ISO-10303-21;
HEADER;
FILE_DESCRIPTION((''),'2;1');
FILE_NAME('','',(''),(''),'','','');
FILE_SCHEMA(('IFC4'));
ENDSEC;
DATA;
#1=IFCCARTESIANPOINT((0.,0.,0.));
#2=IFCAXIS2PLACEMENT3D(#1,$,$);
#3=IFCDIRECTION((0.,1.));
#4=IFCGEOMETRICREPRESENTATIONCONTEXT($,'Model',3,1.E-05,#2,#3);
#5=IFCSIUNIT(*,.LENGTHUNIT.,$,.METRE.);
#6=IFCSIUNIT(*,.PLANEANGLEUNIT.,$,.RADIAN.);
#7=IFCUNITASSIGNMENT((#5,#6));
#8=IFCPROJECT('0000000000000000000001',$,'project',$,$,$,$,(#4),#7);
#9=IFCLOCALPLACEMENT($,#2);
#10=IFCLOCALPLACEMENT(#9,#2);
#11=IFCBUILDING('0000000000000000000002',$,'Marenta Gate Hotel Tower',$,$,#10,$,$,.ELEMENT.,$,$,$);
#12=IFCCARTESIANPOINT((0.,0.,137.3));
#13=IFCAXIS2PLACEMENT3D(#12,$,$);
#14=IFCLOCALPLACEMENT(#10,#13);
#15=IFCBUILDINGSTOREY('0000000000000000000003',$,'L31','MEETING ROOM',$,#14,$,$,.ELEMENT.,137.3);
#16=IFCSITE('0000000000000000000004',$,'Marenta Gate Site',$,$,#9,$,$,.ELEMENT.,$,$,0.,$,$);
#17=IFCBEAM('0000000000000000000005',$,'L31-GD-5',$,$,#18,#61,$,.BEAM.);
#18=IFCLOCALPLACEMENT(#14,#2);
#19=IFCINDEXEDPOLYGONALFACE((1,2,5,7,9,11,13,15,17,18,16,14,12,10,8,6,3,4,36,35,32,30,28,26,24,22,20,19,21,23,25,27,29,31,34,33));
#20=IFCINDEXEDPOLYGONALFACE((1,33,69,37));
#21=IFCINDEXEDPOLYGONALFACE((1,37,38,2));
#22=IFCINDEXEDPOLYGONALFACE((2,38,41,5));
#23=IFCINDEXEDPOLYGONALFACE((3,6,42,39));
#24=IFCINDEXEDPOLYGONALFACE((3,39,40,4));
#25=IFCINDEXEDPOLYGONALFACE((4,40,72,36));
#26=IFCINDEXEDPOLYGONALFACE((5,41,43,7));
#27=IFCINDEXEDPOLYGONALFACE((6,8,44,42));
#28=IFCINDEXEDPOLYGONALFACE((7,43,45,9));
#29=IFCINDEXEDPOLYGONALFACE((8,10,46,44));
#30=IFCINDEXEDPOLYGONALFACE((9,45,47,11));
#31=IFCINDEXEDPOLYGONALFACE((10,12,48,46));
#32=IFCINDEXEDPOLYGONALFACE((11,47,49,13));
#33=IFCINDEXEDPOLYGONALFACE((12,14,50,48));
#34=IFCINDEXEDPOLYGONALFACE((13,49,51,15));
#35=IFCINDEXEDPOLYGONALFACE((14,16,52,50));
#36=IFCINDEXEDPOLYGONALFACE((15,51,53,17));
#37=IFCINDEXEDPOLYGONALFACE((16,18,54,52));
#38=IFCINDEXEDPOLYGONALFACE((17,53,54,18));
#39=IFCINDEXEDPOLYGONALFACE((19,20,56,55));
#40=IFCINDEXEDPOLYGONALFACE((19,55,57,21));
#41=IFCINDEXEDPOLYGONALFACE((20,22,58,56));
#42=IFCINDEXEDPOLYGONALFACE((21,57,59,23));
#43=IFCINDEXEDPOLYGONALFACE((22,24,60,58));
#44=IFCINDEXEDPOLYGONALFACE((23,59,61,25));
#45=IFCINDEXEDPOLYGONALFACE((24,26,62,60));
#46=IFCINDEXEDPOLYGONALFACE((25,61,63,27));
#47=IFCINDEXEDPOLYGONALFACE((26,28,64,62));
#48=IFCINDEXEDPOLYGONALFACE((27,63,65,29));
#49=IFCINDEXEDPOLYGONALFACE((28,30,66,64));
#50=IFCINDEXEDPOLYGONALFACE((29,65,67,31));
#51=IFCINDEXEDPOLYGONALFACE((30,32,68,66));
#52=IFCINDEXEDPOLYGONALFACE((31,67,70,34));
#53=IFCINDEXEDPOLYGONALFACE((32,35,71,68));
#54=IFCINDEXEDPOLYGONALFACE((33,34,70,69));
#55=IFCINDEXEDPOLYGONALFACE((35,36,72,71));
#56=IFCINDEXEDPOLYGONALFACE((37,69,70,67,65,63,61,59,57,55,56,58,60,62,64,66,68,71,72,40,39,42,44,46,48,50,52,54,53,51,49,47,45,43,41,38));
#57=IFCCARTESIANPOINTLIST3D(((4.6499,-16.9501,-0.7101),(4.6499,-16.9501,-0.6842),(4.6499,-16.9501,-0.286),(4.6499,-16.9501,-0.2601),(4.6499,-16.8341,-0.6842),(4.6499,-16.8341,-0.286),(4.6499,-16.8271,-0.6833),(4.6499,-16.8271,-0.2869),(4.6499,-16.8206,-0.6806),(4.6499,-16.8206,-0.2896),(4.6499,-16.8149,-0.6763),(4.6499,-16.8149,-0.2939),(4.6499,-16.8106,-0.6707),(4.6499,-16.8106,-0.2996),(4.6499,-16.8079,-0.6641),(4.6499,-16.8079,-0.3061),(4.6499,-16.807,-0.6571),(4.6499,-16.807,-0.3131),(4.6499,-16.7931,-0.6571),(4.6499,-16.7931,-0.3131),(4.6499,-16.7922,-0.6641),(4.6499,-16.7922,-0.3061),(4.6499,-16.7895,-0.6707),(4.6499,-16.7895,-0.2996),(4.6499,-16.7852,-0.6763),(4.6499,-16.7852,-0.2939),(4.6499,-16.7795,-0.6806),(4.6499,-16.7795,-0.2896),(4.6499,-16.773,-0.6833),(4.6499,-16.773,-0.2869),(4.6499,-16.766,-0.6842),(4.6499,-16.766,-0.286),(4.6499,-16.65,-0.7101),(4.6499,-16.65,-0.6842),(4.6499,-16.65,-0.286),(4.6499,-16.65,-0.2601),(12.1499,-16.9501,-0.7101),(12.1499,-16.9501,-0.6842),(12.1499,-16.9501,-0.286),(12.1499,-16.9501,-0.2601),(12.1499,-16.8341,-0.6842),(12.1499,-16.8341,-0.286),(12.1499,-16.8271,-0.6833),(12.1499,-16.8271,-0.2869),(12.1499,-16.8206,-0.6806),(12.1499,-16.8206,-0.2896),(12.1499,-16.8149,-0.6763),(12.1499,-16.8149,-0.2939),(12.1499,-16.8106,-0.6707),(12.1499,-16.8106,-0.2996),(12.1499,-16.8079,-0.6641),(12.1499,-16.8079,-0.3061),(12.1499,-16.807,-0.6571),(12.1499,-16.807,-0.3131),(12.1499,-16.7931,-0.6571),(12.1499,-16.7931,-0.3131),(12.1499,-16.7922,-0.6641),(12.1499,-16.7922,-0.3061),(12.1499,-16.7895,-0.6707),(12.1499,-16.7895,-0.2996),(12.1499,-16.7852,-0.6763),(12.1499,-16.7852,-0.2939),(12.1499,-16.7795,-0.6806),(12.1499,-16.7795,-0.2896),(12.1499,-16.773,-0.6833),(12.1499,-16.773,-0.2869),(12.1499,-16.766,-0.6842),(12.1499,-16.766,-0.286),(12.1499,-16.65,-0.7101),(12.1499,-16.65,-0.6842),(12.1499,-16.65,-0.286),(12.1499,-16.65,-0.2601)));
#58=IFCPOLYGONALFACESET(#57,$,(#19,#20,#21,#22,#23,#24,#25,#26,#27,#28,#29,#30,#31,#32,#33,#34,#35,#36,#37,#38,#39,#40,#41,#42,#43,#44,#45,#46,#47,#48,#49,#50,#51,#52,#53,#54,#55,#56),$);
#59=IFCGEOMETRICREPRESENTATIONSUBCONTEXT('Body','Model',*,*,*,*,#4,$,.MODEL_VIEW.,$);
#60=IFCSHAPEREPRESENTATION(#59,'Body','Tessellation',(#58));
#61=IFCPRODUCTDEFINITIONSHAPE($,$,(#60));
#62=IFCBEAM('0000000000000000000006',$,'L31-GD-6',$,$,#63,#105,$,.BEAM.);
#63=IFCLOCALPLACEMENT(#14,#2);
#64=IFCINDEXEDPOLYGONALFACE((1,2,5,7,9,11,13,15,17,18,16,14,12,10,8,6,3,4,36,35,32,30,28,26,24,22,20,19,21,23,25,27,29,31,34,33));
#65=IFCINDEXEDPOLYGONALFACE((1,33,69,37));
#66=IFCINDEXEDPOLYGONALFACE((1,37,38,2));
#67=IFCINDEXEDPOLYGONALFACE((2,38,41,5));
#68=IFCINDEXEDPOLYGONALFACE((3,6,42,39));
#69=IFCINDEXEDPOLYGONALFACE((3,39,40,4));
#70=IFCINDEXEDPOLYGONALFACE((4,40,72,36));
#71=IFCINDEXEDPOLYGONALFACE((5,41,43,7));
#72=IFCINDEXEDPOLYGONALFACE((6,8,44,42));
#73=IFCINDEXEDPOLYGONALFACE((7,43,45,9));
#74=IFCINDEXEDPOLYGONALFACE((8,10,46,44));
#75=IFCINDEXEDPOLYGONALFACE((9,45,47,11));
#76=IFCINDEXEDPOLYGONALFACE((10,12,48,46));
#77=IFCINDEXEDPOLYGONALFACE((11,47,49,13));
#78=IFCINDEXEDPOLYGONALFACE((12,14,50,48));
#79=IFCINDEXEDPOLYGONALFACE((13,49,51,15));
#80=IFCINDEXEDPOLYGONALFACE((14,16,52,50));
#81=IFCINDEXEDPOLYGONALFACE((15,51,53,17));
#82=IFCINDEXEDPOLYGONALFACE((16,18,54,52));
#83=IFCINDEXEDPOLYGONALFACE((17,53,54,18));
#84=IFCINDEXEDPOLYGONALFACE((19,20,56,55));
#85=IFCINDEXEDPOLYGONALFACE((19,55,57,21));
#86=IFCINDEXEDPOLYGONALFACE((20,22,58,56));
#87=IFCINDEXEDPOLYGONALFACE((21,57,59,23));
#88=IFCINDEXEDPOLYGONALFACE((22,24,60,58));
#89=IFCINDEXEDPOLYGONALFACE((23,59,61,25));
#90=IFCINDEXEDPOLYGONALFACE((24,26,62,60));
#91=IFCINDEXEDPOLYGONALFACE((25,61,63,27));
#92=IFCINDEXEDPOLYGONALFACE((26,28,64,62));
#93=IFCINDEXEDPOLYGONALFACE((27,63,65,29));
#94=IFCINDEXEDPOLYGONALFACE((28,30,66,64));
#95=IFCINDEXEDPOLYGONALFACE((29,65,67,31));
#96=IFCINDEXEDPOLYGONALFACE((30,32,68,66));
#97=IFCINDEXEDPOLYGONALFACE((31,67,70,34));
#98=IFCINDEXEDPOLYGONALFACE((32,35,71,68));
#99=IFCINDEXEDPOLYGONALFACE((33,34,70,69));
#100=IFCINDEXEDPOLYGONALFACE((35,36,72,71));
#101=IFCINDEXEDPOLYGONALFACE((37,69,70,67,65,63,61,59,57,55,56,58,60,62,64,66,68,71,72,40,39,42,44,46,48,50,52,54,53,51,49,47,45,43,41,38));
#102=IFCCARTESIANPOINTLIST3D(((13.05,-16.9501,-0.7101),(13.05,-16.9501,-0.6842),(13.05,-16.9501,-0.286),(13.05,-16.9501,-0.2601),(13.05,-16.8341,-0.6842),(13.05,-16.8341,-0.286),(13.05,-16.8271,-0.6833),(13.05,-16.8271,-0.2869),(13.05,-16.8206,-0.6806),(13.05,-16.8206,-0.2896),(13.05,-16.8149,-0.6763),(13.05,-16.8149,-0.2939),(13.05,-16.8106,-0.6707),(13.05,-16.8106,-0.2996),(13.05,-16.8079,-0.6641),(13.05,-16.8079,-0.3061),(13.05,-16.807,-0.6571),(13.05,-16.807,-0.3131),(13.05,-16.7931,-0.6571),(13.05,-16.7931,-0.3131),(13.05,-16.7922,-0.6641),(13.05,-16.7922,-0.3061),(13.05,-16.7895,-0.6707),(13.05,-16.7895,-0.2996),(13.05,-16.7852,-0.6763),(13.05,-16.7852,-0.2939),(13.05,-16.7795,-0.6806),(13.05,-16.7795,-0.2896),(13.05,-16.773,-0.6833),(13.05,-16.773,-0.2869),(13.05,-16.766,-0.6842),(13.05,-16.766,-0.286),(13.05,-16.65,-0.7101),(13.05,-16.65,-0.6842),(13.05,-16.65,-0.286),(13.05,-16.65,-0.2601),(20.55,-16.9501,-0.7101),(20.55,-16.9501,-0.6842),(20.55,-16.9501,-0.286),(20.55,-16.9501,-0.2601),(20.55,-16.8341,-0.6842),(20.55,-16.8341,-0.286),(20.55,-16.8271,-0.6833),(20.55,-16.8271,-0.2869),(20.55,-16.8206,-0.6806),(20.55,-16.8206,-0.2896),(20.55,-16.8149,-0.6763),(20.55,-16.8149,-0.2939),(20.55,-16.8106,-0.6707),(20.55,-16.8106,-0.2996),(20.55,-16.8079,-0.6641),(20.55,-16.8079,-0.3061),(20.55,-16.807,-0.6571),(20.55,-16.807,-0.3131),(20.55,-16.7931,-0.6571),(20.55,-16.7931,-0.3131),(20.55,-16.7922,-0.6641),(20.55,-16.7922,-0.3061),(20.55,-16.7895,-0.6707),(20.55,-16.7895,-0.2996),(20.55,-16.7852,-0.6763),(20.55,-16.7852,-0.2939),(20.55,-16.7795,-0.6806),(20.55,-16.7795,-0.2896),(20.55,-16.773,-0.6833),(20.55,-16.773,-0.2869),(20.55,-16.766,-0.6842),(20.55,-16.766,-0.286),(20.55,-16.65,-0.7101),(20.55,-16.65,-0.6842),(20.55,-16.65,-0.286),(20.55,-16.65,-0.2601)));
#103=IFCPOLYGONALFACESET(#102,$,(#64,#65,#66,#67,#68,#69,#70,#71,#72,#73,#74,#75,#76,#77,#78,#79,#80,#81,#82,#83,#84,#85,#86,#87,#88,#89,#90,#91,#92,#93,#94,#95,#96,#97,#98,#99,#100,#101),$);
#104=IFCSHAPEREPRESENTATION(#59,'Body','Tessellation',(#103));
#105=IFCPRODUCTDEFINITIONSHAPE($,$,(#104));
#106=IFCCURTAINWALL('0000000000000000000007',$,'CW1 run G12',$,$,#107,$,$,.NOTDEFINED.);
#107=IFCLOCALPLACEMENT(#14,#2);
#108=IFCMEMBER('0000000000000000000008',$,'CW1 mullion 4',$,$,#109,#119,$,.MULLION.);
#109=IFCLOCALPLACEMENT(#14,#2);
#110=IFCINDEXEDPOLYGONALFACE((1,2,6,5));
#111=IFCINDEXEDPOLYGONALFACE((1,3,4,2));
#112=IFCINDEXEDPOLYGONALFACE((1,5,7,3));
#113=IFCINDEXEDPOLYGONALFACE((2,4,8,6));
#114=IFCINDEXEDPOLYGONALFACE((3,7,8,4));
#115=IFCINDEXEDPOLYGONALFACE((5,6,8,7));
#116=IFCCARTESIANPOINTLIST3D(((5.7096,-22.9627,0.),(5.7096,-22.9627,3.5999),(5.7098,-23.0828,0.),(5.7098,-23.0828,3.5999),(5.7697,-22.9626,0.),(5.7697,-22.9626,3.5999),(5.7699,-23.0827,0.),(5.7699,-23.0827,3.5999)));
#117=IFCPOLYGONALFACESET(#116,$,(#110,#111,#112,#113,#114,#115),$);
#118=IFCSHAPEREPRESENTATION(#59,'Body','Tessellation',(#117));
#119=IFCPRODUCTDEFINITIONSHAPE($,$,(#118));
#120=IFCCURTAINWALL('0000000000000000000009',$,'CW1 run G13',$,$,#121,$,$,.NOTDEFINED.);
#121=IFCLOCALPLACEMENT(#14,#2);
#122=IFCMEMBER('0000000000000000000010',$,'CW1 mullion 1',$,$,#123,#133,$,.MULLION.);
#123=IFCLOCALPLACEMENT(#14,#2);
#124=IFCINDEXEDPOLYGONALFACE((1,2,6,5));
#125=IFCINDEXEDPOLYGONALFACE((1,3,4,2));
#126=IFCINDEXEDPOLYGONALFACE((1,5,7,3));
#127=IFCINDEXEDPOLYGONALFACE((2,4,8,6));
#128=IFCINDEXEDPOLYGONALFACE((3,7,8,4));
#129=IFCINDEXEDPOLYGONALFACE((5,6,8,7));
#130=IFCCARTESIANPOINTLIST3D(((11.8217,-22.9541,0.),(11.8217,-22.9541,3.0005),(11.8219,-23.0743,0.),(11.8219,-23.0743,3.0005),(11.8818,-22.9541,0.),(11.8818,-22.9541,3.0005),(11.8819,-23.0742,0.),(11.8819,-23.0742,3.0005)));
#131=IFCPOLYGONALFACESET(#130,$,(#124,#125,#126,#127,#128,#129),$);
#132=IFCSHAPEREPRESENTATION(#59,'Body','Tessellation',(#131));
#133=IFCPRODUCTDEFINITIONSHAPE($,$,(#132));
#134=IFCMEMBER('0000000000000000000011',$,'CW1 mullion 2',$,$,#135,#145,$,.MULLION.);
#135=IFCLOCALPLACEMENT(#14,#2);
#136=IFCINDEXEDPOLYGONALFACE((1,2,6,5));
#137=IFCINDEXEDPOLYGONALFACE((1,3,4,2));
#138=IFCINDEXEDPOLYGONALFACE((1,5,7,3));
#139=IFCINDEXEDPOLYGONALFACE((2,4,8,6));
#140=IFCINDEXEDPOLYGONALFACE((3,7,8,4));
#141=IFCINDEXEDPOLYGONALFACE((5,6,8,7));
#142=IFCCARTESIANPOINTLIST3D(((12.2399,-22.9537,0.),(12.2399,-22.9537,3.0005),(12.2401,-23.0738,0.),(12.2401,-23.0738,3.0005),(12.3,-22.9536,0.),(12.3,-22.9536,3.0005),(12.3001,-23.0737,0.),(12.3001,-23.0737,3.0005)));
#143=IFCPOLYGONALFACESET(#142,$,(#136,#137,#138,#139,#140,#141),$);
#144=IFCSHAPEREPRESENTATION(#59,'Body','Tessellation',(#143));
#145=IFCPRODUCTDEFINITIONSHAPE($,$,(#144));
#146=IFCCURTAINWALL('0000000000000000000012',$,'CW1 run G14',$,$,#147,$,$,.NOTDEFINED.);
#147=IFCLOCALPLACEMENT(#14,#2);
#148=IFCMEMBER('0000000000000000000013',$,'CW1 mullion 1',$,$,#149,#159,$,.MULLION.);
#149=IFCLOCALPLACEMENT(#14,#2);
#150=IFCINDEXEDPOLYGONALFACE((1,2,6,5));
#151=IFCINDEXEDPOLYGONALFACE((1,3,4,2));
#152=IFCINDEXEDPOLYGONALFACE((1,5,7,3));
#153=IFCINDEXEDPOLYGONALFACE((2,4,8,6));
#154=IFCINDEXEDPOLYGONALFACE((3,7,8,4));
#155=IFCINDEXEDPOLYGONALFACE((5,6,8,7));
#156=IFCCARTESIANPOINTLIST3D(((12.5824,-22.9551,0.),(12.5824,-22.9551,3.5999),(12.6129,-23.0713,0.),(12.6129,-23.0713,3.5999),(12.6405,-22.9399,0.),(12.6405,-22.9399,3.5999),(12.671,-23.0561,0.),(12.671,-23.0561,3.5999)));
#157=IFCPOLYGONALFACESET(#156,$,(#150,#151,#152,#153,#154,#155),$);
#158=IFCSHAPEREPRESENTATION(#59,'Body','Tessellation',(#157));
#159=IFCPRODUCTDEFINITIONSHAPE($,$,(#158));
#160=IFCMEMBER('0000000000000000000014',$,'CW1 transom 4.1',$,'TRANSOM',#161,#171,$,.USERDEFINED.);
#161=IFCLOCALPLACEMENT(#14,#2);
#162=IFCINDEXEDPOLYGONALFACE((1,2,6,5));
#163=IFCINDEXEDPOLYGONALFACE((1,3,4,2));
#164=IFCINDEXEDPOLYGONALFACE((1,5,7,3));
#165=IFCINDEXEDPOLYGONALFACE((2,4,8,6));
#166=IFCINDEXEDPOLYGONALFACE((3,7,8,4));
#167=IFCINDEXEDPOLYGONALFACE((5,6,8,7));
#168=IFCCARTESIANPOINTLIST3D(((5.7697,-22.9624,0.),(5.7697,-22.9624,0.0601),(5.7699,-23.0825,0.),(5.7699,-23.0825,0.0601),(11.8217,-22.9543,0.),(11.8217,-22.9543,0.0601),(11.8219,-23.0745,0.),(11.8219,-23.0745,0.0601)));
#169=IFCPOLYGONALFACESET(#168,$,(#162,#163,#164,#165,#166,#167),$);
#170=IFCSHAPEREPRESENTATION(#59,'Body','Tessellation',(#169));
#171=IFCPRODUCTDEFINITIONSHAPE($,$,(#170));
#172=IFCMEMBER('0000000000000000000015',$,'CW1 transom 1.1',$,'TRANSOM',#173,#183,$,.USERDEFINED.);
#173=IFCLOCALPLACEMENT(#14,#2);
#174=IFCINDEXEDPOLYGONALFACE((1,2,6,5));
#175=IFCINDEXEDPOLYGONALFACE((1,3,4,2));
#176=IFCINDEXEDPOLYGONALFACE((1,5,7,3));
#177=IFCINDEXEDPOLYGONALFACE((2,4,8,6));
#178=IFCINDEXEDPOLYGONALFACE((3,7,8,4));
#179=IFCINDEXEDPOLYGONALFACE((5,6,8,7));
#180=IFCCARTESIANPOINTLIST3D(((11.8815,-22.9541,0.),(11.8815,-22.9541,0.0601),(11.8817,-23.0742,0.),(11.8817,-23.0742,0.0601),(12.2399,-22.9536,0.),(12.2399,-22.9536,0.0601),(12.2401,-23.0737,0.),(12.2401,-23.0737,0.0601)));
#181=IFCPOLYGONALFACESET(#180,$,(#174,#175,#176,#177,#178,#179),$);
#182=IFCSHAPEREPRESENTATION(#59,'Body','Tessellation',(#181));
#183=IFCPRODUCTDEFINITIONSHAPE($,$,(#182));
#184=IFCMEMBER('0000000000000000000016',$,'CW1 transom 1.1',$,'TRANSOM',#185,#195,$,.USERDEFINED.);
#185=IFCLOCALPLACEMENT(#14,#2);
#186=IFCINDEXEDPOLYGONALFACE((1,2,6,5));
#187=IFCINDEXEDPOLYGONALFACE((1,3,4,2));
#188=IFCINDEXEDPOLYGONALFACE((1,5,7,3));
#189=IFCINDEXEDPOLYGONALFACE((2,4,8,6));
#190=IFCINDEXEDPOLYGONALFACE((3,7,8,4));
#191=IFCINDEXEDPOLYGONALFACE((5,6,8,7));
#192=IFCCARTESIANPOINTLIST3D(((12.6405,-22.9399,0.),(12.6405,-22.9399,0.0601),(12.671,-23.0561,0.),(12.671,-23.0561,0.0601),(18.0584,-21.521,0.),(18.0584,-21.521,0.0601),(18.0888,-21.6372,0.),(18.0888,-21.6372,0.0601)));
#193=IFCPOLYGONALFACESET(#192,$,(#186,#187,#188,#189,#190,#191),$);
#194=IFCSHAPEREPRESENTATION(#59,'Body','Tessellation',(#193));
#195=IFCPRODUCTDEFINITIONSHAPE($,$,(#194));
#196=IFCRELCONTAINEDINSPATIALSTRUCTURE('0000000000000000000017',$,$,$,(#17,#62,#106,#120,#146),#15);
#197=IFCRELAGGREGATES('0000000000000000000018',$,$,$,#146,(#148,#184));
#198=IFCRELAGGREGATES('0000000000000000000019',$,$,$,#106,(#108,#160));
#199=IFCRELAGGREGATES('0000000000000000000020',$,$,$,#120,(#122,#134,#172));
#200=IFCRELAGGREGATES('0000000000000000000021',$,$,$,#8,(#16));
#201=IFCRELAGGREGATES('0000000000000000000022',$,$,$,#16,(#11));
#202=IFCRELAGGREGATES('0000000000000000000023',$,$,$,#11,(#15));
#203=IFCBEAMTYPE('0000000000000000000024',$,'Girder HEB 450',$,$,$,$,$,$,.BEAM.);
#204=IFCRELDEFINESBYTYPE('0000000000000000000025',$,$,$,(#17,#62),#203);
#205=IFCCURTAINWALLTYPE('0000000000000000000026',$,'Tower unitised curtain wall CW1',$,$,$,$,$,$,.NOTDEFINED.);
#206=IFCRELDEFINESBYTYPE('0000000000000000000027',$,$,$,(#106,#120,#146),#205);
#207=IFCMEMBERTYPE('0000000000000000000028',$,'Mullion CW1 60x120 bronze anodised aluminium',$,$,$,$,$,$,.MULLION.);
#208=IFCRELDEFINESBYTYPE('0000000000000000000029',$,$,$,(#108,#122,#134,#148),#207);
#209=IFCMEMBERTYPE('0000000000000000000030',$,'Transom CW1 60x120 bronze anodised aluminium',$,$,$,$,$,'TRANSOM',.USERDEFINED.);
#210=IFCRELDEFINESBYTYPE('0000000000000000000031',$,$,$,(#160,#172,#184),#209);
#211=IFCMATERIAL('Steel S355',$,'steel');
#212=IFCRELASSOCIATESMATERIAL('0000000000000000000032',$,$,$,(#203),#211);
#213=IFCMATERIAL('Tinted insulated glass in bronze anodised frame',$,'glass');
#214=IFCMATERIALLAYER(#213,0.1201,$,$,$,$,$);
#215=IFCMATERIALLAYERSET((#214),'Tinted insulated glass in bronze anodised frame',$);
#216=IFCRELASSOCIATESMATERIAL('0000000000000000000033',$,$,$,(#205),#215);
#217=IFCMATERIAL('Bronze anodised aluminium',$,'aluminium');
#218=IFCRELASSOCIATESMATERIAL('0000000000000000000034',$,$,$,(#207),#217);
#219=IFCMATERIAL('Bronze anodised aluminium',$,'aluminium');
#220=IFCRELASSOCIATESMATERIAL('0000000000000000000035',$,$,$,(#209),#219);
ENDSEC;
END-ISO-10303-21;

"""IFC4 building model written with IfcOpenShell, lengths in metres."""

from ifc_helpers import new_model, si_unit, direction, frame, origin, origin_2d, place, context, subcontext, project, spatial, rectangle, i_section, extrude, material, layer, layer_set, material_profile, profile_set, type_object, element, aggregate, save


model = new_model("IFC4")

# Units and contexts
model_context = context("Model", 3, precision=1e-05, world=origin(), true_north=direction((0.0, 1.0)))
body_context = subcontext(model_context, "Body", "Model", "MODEL_VIEW")
ifc_project = project(units=[si_unit("LENGTHUNIT", "METRE"), si_unit("PLANEANGLEUNIT", "RADIAN")], contexts=[model_context])

# Site, building, storey
site_placement = place(None, origin())
site = spatial("IfcSite", under=ifc_project, at=site_placement, Name="Marenta Gate Site", CompositionType="ELEMENT", RefElevation=0.0)
building_placement = place(site_placement, origin())
building = spatial("IfcBuilding", under=site, at=building_placement, Name="Marenta Gate Hotel Tower", CompositionType="ELEMENT")
storey_placement = place(building_placement, frame((0.0, 0.0, 137.3)))
storey = spatial("IfcBuildingStorey", under=building, at=storey_placement, Name="L31", Description="MEETING ROOM", CompositionType="ELEMENT", Elevation=137.3)

# Beams
ifc_material_1 = material(Name="Steel S355", Category="steel")
ifc_material_profile_1 = material_profile(ifc_material_1, i_section(OverallWidth=0.3, OverallDepth=0.45, WebThickness=0.0139, FlangeThickness=0.0259, FilletRadius=0.0271, at=origin_2d()), Name="HEB 450")
ifc_profile_set_1 = profile_set([ifc_material_profile_1], Name="Steel S355")
beam_type_1 = type_object("IfcBeamType", Name="Girder HEB 450", PredefinedType="BEAM", material=ifc_profile_set_1)
for number, where, z_axis, x_axis, name in (
    (1, (4.6499, -16.8, -0.4851), (1.0, 0.0, 0.0), (0.0, 1.0, 0.0), "L31-GD-5"),
    (2, (13.05, -16.8, -0.4851), (1.0, 0.0, 0.0), (0.0, 1.0, 0.0), "L31-GD-6"),
):
    element("IfcBeam", number, at=place(storey_placement, frame(where, z_axis=z_axis, x_axis=x_axis)), inside=storey, type_object=beam_type_1, Name=name, PredefinedType="BEAM", context=body_context, shape_type="SweptSolid", body=[
        extrude(i_section(OverallWidth=0.3, OverallDepth=0.45, WebThickness=0.0139, FlangeThickness=0.0259, FilletRadius=0.0271, at=origin_2d()), origin(), (0.0, 0.0, 1.0), 7.5),
    ])

# Curtain wall, member
ifc_material_2 = material(Name="Tinted insulated glass in bronze anodised frame", Category="glass")
ifc_layer_1 = layer(ifc_material_2, 0.1201)
ifc_layer_set_1 = layer_set([ifc_layer_1], Name="Tinted insulated glass in bronze anodised frame")
curtain_wall_type = type_object("IfcCurtainWallType", Name="Tower unitised curtain wall CW1", PredefinedType="NOTDEFINED", material=ifc_layer_set_1)
curtain_wall_1_placement = place(storey_placement, origin())
curtain_wall_1 = element("IfcCurtainWall", 3, at=curtain_wall_1_placement, inside=storey, type_object=curtain_wall_type, Name="CW1 run G12", PredefinedType="NOTDEFINED")
ifc_material_3 = material(Name="Bronze anodised aluminium", Category="aluminium")
ifc_material_profile_2 = material_profile(ifc_material_3, rectangle(XDim=0.1201, YDim=0.0601, at=origin_2d()), Name="Mullion CW1 60x120 bronze anodised aluminium")
ifc_profile_set_2 = profile_set([ifc_material_profile_2], Name="Bronze anodised aluminium")
member_type_1 = type_object("IfcMemberType", Name="Mullion CW1 60x120 bronze anodised aluminium", PredefinedType="MULLION", material=ifc_profile_set_2)
member_1_placement = place(storey_placement, frame((5.7397, -23.0227, 0.0), z_axis=(0.0, 0.0, 1.0), x_axis=(-0.001365, 0.999999, 0.0)))
member_1 = element("IfcMember", 4, at=member_1_placement, type_object=member_type_1, Name="CW1 mullion 4", PredefinedType="MULLION", context=body_context, shape_type="SweptSolid", body=[
    extrude(rectangle(XDim=0.1201, YDim=0.0601, at=origin_2d()), origin(), (0.0, 0.0, 1.0), 3.5999),
])

# Curtain wall, members
curtain_wall_2_placement = place(storey_placement, origin())
curtain_wall_2 = element("IfcCurtainWall", 5, at=curtain_wall_2_placement, inside=storey, type_object=curtain_wall_type, Name="CW1 run G13", PredefinedType="NOTDEFINED")
member_2_placement = place(storey_placement, frame((11.8518, -23.0142, 0.0), z_axis=(0.0, 0.0, 1.0), x_axis=(-0.001255, 0.999999, 0.0)))
member_2 = element("IfcMember", 6, at=member_2_placement, type_object=member_type_1, Name="CW1 mullion 1", PredefinedType="MULLION", context=body_context, shape_type="SweptSolid", body=[
    extrude(rectangle(XDim=0.1201, YDim=0.0601, at=origin_2d()), origin(), (0.0, 0.0, 1.0), 3.0005),
])
member_3_placement = place(storey_placement, frame((12.27, -23.0137, 0.0), z_axis=(0.0, 0.0, 1.0), x_axis=(-0.001255, 0.999999, 0.0)))
member_3 = element("IfcMember", 7, at=member_3_placement, type_object=member_type_1, Name="CW1 mullion 2", PredefinedType="MULLION", context=body_context, shape_type="SweptSolid", body=[
    extrude(rectangle(XDim=0.1201, YDim=0.0601, at=origin_2d()), origin(), (0.0, 0.0, 1.0), 3.0005),
])

# Curtain wall, member
curtain_wall_3_placement = place(storey_placement, origin())
curtain_wall_3 = element("IfcCurtainWall", 8, at=curtain_wall_3_placement, inside=storey, type_object=curtain_wall_type, Name="CW1 run G14", PredefinedType="NOTDEFINED")
member_4_placement = place(storey_placement, frame((12.6267, -23.0056, 0.0), z_axis=(0.0, 0.0, 1.0), x_axis=(-0.253374, 0.967368, 0.0)))
member_4 = element("IfcMember", 9, at=member_4_placement, type_object=member_type_1, Name="CW1 mullion 1", PredefinedType="MULLION", context=body_context, shape_type="SweptSolid", body=[
    extrude(rectangle(XDim=0.1201, YDim=0.0601, at=origin_2d()), origin(), (0.0, 0.0, 1.0), 3.5999),
])

# Members
ifc_material_4 = material(Name="Bronze anodised aluminium", Category="aluminium")
ifc_material_profile_3 = material_profile(ifc_material_4, rectangle(XDim=0.1201, YDim=0.0601, at=origin_2d()), Name="Transom CW1 60x120 bronze anodised aluminium")
ifc_profile_set_3 = profile_set([ifc_material_profile_3], Name="Bronze anodised aluminium")
member_type_2 = type_object("IfcMemberType", Name="Transom CW1 60x120 bronze anodised aluminium", ElementType="TRANSOM", PredefinedType="USERDEFINED", material=ifc_profile_set_3)
member_5_placement = place(storey_placement, frame((5.7698, -23.0225, 0.03), z_axis=(0.999999, 0.001331, 0.0), x_axis=(-0.001331, 0.999999, 0.0)))
member_5 = element("IfcMember", 10, at=member_5_placement, type_object=member_type_2, Name="CW1 transom 4.1", ObjectType="TRANSOM", PredefinedType="USERDEFINED", context=body_context, shape_type="SweptSolid", body=[
    extrude(rectangle(XDim=0.1201, YDim=0.0601, at=origin_2d()), origin(), (0.0, 0.0, 1.0), 6.052),
])
member_6_placement = place(storey_placement, frame((11.8816, -23.0142, 0.03), z_axis=(0.999999, 0.001362, 0.0), x_axis=(-0.001362, 0.999999, 0.0)))
member_6 = element("IfcMember", 11, at=member_6_placement, type_object=member_type_2, Name="CW1 transom 1.1", ObjectType="TRANSOM", PredefinedType="USERDEFINED", context=body_context, shape_type="SweptSolid", body=[
    extrude(rectangle(XDim=0.1201, YDim=0.0601, at=origin_2d()), origin(), (0.0, 0.0, 1.0), 0.3584),
])
member_7_placement = place(storey_placement, frame((12.6558, -22.998, 0.03), z_axis=(0.967374, 0.253352, 0.0), x_axis=(-0.253352, 0.967374, 0.0)))
member_7 = element("IfcMember", 12, at=member_7_placement, type_object=member_type_2, Name="CW1 transom 1.1", ObjectType="TRANSOM", PredefinedType="USERDEFINED", context=body_context, shape_type="SweptSolid", body=[
    extrude(rectangle(XDim=0.1201, YDim=0.0601, at=origin_2d()), origin(), (0.0, 0.0, 1.0), 5.6006),
])
aggregate(curtain_wall_3, [member_4, member_7])

aggregate(curtain_wall_1, [member_1, member_5])
aggregate(curtain_wall_2, [member_2, member_3, member_6])

save(model, "model.ifc")
